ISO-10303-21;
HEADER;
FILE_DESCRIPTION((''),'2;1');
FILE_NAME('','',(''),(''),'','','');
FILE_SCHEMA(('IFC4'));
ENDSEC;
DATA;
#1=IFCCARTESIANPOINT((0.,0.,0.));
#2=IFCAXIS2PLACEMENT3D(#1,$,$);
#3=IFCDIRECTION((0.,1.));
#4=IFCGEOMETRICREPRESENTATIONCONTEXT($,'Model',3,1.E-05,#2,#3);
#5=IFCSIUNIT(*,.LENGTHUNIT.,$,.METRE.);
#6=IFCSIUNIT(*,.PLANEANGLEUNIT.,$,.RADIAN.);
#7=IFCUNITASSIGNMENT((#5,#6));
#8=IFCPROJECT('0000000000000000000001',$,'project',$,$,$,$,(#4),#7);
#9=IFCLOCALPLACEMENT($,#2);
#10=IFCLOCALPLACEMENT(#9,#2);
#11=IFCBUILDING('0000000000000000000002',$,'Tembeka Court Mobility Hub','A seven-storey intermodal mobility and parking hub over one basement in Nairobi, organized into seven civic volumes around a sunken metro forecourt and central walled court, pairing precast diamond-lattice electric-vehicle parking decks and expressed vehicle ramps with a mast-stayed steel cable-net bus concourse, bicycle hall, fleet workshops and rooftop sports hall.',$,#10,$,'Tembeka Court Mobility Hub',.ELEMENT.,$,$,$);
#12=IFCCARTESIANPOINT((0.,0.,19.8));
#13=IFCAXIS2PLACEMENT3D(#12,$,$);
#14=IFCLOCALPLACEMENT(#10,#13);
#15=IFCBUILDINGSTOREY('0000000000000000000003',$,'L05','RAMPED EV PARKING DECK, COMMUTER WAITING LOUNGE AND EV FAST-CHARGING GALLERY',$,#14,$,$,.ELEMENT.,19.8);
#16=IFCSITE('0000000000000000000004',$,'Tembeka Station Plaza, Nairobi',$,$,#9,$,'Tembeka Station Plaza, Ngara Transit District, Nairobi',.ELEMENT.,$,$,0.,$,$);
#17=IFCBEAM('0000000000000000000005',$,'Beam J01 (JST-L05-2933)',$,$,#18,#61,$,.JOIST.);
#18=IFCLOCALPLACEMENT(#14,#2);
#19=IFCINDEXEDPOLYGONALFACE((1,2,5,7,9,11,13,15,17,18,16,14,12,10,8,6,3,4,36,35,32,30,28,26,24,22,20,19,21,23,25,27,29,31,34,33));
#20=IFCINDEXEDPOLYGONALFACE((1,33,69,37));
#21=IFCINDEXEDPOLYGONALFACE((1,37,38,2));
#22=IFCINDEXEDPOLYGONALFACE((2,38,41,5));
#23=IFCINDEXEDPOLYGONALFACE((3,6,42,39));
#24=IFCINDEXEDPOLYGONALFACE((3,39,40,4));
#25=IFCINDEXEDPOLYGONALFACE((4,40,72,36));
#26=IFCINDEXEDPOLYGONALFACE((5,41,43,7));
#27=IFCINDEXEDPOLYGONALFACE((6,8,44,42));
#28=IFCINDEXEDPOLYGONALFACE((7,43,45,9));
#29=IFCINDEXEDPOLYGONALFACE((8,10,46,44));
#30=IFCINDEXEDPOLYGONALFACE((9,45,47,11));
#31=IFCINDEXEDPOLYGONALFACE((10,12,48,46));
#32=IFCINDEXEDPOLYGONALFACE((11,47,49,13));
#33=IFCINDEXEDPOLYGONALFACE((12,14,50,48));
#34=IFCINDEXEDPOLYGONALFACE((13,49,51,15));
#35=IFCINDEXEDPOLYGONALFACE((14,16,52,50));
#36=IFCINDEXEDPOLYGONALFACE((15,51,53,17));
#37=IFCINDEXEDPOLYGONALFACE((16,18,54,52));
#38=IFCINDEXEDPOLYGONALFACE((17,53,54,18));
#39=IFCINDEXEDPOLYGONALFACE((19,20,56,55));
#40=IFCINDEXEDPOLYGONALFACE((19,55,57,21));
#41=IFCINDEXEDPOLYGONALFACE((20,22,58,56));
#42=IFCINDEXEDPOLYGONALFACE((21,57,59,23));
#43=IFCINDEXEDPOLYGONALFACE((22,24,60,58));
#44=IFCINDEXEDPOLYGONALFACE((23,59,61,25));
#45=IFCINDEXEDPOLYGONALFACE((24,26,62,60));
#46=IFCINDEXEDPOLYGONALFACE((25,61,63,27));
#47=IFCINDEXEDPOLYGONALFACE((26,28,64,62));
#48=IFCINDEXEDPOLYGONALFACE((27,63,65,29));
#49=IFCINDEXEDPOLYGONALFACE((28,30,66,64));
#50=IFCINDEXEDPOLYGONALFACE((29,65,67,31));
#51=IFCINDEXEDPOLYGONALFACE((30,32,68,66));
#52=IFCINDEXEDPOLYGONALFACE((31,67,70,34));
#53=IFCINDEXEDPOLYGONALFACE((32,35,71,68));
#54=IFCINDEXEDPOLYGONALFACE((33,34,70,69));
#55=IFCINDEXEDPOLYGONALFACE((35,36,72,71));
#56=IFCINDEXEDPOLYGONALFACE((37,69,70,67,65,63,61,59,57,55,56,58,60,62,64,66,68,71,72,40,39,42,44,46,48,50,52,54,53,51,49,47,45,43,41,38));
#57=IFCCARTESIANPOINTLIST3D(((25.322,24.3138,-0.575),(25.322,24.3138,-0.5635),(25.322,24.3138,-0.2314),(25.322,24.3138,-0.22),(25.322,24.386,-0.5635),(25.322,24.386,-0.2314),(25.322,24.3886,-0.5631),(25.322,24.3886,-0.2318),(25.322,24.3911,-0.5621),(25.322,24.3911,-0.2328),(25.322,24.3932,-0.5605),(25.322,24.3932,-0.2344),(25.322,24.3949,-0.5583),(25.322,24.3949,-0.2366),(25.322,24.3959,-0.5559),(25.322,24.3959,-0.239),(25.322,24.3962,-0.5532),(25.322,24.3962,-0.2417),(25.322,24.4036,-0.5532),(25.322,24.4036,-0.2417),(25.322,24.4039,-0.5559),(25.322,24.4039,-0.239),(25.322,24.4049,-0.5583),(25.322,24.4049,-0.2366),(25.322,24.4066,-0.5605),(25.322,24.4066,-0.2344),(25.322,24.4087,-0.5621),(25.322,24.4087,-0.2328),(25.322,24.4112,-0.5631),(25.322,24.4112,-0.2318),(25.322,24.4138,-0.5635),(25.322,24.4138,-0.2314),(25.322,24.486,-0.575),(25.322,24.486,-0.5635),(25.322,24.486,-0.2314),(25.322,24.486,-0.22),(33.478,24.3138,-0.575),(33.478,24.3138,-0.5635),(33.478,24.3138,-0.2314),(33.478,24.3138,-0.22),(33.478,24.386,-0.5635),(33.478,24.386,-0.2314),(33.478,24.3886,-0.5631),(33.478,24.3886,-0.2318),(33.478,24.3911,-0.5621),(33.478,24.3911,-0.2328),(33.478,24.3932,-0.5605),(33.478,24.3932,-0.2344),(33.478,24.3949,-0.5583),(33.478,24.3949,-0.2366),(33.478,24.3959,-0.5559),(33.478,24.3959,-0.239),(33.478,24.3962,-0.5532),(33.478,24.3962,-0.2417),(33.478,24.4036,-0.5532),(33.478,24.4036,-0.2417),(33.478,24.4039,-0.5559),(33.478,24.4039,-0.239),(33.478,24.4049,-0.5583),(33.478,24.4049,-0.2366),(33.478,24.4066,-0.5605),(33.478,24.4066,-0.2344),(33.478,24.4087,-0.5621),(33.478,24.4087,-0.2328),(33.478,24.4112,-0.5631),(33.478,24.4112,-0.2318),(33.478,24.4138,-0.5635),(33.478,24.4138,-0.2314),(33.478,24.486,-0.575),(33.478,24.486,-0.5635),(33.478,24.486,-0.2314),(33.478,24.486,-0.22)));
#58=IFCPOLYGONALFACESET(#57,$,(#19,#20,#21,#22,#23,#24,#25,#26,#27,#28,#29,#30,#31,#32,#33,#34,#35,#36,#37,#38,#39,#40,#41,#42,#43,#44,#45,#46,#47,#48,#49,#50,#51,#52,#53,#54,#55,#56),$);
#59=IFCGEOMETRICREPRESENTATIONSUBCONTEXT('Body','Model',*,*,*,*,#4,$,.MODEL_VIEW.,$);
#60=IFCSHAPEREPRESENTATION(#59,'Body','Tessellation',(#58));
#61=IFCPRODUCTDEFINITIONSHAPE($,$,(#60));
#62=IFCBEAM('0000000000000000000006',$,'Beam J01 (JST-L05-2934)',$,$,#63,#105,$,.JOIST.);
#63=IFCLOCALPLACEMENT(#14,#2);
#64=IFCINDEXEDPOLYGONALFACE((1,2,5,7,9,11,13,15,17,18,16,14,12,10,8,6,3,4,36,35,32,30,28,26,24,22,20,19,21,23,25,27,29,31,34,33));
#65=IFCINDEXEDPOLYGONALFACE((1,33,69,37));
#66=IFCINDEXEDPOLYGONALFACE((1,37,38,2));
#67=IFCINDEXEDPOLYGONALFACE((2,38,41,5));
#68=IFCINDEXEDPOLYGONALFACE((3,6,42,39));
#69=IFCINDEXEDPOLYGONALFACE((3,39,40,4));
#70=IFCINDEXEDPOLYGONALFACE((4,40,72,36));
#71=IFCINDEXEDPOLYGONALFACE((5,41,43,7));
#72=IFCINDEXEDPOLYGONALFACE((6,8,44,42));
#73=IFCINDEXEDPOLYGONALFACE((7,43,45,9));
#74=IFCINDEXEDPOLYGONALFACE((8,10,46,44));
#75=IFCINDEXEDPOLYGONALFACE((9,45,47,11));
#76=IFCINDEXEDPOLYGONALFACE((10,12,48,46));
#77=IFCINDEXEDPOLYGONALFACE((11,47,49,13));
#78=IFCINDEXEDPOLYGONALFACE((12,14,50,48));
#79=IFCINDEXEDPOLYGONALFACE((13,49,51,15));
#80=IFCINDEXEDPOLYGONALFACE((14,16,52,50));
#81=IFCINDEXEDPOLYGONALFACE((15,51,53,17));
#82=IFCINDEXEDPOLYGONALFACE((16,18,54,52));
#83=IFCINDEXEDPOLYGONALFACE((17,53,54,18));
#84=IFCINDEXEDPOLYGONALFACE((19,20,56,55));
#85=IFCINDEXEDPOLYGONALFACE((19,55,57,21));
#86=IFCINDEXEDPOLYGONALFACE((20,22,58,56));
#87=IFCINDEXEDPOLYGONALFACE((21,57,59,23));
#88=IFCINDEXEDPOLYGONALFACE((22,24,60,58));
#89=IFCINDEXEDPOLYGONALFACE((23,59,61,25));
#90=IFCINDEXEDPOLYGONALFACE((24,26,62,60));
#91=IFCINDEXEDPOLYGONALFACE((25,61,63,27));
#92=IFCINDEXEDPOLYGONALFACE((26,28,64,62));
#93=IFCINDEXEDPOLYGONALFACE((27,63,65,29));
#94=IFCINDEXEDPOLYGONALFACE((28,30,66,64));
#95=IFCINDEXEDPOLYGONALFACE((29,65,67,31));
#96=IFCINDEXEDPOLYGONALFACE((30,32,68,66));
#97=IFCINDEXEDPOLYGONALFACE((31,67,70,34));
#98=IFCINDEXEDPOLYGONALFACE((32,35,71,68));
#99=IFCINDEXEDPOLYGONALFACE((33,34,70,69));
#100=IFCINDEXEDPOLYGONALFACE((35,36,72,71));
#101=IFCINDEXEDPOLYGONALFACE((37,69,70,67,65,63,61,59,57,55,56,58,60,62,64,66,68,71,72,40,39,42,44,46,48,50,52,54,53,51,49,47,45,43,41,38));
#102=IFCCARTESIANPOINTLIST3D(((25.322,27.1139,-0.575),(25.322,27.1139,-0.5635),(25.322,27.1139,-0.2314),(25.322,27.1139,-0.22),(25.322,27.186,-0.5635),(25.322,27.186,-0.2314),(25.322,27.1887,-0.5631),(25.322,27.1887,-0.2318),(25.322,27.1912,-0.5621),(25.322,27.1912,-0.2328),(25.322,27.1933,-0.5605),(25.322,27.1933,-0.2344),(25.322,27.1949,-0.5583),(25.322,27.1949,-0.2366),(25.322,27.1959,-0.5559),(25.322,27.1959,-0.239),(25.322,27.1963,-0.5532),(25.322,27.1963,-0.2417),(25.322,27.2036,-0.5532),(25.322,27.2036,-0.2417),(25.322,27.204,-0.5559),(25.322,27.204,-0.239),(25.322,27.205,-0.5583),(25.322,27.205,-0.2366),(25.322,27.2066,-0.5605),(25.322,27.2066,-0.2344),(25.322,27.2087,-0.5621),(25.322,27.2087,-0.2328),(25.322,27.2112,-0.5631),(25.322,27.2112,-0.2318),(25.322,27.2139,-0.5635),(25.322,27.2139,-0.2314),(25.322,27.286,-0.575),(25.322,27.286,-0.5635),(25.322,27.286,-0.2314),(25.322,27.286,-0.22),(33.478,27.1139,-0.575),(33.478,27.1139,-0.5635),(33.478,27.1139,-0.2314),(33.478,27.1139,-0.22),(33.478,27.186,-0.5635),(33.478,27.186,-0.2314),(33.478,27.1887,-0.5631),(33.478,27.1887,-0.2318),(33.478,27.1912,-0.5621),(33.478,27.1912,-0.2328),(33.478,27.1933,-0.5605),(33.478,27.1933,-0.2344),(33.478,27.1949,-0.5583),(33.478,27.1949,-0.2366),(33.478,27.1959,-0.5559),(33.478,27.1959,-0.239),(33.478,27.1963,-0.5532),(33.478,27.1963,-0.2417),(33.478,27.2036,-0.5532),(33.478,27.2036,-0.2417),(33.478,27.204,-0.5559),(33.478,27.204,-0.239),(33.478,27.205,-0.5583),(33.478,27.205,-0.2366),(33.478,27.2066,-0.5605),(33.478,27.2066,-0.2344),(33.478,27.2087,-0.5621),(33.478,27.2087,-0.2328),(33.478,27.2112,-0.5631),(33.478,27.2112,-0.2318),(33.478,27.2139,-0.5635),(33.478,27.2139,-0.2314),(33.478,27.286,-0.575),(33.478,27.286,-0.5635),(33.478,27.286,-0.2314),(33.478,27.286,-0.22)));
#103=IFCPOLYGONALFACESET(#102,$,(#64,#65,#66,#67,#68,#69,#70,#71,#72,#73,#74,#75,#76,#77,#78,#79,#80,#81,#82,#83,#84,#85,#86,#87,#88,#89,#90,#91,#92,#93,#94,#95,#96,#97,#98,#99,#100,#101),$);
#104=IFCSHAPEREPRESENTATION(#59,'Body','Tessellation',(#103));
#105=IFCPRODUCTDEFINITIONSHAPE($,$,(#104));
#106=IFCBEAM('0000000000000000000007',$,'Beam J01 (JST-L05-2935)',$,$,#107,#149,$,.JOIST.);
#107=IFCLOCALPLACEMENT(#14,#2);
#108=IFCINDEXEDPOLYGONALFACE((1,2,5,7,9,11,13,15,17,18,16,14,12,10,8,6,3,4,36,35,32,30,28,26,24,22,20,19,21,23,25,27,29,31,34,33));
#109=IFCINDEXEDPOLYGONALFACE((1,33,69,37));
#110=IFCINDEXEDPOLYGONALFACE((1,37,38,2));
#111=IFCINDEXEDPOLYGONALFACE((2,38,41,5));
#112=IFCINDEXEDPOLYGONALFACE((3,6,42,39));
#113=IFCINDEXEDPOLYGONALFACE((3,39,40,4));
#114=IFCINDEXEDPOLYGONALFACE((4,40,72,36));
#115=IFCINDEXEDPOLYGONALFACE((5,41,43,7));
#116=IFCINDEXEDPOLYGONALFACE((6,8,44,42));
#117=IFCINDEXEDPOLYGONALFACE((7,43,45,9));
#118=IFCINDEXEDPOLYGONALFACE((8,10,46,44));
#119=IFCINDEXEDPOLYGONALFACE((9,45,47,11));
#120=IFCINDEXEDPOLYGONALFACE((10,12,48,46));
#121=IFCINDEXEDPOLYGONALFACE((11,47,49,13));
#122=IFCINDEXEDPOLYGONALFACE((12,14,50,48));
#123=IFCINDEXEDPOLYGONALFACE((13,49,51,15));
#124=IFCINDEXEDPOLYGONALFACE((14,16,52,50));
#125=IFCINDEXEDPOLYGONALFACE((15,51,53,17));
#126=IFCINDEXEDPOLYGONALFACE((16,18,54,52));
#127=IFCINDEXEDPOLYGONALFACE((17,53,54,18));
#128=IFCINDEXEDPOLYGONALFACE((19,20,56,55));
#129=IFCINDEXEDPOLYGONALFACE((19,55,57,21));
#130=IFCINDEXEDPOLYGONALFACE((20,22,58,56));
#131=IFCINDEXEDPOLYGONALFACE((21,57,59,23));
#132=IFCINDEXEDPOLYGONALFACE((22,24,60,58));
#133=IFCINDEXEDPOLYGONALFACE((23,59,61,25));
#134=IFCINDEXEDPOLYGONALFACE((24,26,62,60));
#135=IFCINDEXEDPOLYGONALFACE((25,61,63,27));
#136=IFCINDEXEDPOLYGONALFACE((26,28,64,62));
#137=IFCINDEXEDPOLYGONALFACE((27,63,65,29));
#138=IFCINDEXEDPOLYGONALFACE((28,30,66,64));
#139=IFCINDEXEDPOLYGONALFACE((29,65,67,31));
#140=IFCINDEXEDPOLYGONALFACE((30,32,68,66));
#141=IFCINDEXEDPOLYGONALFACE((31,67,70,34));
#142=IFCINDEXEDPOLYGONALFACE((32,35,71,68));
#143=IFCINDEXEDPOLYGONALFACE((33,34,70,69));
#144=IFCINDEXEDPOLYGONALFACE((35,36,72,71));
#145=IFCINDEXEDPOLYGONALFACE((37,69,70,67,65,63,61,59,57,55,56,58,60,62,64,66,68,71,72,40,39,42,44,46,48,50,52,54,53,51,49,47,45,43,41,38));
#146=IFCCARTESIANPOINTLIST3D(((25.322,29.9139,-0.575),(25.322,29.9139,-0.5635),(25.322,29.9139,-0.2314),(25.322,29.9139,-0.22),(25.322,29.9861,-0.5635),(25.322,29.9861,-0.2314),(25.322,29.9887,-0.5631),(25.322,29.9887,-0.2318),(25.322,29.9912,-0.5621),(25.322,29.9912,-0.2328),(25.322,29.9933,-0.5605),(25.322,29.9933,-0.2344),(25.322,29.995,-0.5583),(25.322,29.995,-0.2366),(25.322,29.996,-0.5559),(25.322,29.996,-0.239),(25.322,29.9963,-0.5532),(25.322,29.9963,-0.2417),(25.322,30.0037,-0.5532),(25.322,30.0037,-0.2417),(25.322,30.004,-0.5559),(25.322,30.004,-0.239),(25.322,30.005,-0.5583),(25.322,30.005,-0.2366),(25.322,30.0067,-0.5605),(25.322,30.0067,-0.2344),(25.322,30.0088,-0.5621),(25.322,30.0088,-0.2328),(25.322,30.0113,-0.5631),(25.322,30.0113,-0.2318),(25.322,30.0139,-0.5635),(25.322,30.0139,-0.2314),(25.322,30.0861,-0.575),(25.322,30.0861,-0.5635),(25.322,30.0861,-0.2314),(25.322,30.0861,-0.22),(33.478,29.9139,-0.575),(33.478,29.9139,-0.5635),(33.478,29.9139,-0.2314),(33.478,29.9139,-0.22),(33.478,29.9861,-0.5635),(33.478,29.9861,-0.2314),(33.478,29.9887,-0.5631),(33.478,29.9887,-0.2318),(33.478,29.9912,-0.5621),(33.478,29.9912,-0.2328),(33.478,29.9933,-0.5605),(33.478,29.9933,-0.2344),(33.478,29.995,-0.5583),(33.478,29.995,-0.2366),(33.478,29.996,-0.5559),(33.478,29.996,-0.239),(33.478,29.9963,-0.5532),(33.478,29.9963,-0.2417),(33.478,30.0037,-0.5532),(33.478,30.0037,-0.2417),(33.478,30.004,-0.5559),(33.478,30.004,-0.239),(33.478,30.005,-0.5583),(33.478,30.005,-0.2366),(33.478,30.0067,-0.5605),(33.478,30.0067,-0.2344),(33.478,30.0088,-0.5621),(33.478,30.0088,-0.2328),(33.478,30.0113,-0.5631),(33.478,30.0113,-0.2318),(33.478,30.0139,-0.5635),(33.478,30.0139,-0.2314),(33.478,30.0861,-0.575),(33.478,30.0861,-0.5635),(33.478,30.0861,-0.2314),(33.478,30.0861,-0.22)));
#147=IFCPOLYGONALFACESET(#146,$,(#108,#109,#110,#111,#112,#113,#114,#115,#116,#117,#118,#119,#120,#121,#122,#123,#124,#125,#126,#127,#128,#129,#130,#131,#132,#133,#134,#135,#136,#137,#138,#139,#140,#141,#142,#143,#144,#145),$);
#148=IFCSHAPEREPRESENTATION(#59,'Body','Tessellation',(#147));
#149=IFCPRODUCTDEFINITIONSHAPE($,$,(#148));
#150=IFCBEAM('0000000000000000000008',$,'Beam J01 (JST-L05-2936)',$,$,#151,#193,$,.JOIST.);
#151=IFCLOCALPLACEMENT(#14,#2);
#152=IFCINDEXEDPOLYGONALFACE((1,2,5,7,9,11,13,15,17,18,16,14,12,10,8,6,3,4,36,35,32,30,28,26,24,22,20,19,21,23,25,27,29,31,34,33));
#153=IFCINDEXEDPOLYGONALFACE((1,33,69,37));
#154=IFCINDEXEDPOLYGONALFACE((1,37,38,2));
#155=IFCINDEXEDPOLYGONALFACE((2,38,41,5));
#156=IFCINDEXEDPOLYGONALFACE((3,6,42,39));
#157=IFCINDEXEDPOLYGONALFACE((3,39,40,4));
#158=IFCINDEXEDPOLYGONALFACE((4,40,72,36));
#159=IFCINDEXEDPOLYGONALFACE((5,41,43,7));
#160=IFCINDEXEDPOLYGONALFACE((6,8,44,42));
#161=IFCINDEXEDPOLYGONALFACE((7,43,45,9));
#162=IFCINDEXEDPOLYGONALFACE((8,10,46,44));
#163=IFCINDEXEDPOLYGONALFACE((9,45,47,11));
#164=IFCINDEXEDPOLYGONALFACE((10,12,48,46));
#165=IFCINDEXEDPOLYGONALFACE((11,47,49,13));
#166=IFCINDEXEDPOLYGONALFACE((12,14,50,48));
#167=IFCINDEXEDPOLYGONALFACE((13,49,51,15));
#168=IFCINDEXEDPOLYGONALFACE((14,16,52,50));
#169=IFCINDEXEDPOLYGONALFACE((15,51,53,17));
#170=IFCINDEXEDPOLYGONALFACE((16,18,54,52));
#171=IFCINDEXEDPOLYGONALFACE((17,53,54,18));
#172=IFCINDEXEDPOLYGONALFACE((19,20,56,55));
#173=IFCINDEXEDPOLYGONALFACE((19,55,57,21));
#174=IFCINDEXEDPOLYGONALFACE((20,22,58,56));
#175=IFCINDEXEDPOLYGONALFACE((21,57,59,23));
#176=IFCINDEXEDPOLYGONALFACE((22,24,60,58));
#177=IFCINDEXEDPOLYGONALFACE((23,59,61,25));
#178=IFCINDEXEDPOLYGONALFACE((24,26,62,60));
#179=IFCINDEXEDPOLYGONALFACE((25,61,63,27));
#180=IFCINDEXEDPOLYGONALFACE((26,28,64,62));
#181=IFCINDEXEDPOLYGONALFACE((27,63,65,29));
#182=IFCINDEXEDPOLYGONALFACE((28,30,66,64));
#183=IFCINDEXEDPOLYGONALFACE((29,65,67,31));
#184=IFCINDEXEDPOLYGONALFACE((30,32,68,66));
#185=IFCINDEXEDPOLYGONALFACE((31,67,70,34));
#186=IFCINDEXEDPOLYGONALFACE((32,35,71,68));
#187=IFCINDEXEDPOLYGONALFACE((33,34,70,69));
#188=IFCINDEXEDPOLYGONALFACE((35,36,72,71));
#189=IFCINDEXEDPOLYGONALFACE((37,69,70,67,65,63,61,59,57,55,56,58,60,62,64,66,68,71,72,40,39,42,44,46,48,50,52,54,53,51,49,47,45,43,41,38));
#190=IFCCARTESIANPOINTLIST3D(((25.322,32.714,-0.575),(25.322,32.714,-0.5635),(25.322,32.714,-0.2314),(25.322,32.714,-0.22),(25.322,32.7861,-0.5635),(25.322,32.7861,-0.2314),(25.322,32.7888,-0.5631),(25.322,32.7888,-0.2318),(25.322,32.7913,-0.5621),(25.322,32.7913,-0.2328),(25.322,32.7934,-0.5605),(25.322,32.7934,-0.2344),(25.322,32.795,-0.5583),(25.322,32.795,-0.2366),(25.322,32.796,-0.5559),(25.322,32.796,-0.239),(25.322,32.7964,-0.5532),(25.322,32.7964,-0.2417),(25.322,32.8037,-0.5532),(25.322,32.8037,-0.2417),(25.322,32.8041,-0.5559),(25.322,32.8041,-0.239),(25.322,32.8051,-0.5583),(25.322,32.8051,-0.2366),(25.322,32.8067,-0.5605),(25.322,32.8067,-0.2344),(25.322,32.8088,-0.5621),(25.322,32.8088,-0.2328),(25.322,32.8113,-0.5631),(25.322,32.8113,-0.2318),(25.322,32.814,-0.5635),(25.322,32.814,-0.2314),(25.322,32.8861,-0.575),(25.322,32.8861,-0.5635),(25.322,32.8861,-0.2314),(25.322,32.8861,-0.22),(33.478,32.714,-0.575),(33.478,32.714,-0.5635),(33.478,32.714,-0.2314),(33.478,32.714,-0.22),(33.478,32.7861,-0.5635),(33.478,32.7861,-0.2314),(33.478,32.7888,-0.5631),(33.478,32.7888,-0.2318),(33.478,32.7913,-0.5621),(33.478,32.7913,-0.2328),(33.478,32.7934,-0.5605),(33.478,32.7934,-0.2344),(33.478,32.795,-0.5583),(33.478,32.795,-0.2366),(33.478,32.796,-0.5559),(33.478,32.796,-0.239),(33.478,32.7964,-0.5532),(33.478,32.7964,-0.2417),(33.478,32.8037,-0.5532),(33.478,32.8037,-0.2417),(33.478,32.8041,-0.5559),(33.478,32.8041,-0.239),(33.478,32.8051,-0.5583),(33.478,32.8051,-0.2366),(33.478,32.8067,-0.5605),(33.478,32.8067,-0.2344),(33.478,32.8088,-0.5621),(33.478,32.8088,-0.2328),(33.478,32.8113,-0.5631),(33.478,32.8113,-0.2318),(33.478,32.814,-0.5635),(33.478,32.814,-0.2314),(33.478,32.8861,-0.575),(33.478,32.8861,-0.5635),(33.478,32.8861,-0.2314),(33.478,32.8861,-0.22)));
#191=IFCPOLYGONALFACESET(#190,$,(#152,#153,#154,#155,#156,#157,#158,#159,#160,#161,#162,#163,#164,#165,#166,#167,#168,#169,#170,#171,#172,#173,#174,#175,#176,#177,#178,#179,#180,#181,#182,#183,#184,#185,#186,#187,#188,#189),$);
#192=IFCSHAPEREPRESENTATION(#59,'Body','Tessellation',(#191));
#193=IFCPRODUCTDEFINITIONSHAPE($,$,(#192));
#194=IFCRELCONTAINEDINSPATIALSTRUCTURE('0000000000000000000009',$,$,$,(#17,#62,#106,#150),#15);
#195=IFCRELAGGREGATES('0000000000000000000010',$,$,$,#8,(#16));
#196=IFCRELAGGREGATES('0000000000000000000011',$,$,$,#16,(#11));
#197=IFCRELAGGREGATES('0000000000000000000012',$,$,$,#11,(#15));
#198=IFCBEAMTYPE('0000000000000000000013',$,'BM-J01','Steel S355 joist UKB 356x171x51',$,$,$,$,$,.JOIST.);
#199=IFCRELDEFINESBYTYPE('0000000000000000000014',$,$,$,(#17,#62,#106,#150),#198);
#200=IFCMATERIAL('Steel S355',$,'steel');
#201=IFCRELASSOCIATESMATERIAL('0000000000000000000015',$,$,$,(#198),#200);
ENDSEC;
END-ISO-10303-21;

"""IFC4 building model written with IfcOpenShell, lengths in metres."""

from ifc_helpers import new_model, si_unit, direction, frame, origin, origin_2d, place, context, subcontext, project, spatial, i_section, extrude, material, material_profile, profile_set, type_object, element, save


model = new_model("IFC4")

# Units and contexts
model_context = context("Model", 3, precision=1e-05, world=origin(), true_north=direction((0.0, 1.0)))
body_context = subcontext(model_context, "Body", "Model", "MODEL_VIEW")
ifc_project = project(units=[si_unit("LENGTHUNIT", "METRE"), si_unit("PLANEANGLEUNIT", "RADIAN")], contexts=[model_context])

# Site, building, storey
site_placement = place(None, origin())
site = spatial("IfcSite", under=ifc_project, at=site_placement, Name="Tembeka Station Plaza, Nairobi", LongName="Tembeka Station Plaza, Ngara Transit District, Nairobi", CompositionType="ELEMENT", RefElevation=0.0)
building_placement = place(site_placement, origin())
building = spatial("IfcBuilding", under=site, at=building_placement, Name="Tembeka Court Mobility Hub", Description="A seven-storey intermodal mobility and parking hub over one basement in Nairobi, organized into seven civic volumes around a sunken metro forecourt and central walled court, pairing precast diamond-lattice electric-vehicle parking decks and expressed vehicle ramps with a mast-stayed steel cable-net bus concourse, bicycle hall, fleet workshops and rooftop sports hall.", LongName="Tembeka Court Mobility Hub", CompositionType="ELEMENT")
storey_placement = place(building_placement, frame((0.0, 0.0, 19.8)))
storey = spatial("IfcBuildingStorey", under=building, at=storey_placement, Name="L05", Description="RAMPED EV PARKING DECK, COMMUTER WAITING LOUNGE AND EV FAST-CHARGING GALLERY", CompositionType="ELEMENT", Elevation=19.8)

# Shared definitions
ifc_material_1 = material(Name="Steel S355", Category="steel")

# Beams
ifc_material_profile_1 = material_profile(ifc_material_1, i_section(OverallWidth=0.1721, OverallDepth=0.355, WebThickness=0.0073, FlangeThickness=0.0115, FilletRadius=0.0103, at=origin_2d()), Name="UKB 356x171x51")
ifc_profile_set_1 = profile_set([ifc_material_profile_1], Name="Steel S355")
beam_type_1 = type_object("IfcBeamType", Name="BM-J01", Description="Steel S355 joist UKB 356x171x51", PredefinedType="JOIST", material=ifc_profile_set_1)
for number, where, z_axis, x_axis, name in (
    (1, (25.322, 24.3999, -0.3975), (1.0, 0.0, 0.0), (0.0, 1.0, 0.0), "Beam J01 (JST-L05-2933)"),
    (2, (25.322, 27.2, -0.3975), (1.0, 0.0, 0.0), (0.0, 1.0, 0.0), "Beam J01 (JST-L05-2934)"),
    (3, (25.322, 30.0, -0.3975), (1.0, 0.0, 0.0), (0.0, 1.0, 0.0), "Beam J01 (JST-L05-2935)"),
    (4, (25.322, 32.8, -0.3975), (1.0, 0.0, 0.0), (0.0, 1.0, 0.0), "Beam J01 (JST-L05-2936)"),
):
    element("IfcBeam", number, at=place(storey_placement, frame(where, z_axis=z_axis, x_axis=x_axis)), inside=storey, type_object=beam_type_1, Name=name, PredefinedType="JOIST", context=body_context, shape_type="SweptSolid", body=[
        extrude(i_section(OverallWidth=0.1721, OverallDepth=0.355, WebThickness=0.0073, FlangeThickness=0.0115, FilletRadius=0.0103, at=origin_2d()), origin(), (0.0, 0.0, 1.0), 8.156),
    ])

save(model, "model.ifc")
